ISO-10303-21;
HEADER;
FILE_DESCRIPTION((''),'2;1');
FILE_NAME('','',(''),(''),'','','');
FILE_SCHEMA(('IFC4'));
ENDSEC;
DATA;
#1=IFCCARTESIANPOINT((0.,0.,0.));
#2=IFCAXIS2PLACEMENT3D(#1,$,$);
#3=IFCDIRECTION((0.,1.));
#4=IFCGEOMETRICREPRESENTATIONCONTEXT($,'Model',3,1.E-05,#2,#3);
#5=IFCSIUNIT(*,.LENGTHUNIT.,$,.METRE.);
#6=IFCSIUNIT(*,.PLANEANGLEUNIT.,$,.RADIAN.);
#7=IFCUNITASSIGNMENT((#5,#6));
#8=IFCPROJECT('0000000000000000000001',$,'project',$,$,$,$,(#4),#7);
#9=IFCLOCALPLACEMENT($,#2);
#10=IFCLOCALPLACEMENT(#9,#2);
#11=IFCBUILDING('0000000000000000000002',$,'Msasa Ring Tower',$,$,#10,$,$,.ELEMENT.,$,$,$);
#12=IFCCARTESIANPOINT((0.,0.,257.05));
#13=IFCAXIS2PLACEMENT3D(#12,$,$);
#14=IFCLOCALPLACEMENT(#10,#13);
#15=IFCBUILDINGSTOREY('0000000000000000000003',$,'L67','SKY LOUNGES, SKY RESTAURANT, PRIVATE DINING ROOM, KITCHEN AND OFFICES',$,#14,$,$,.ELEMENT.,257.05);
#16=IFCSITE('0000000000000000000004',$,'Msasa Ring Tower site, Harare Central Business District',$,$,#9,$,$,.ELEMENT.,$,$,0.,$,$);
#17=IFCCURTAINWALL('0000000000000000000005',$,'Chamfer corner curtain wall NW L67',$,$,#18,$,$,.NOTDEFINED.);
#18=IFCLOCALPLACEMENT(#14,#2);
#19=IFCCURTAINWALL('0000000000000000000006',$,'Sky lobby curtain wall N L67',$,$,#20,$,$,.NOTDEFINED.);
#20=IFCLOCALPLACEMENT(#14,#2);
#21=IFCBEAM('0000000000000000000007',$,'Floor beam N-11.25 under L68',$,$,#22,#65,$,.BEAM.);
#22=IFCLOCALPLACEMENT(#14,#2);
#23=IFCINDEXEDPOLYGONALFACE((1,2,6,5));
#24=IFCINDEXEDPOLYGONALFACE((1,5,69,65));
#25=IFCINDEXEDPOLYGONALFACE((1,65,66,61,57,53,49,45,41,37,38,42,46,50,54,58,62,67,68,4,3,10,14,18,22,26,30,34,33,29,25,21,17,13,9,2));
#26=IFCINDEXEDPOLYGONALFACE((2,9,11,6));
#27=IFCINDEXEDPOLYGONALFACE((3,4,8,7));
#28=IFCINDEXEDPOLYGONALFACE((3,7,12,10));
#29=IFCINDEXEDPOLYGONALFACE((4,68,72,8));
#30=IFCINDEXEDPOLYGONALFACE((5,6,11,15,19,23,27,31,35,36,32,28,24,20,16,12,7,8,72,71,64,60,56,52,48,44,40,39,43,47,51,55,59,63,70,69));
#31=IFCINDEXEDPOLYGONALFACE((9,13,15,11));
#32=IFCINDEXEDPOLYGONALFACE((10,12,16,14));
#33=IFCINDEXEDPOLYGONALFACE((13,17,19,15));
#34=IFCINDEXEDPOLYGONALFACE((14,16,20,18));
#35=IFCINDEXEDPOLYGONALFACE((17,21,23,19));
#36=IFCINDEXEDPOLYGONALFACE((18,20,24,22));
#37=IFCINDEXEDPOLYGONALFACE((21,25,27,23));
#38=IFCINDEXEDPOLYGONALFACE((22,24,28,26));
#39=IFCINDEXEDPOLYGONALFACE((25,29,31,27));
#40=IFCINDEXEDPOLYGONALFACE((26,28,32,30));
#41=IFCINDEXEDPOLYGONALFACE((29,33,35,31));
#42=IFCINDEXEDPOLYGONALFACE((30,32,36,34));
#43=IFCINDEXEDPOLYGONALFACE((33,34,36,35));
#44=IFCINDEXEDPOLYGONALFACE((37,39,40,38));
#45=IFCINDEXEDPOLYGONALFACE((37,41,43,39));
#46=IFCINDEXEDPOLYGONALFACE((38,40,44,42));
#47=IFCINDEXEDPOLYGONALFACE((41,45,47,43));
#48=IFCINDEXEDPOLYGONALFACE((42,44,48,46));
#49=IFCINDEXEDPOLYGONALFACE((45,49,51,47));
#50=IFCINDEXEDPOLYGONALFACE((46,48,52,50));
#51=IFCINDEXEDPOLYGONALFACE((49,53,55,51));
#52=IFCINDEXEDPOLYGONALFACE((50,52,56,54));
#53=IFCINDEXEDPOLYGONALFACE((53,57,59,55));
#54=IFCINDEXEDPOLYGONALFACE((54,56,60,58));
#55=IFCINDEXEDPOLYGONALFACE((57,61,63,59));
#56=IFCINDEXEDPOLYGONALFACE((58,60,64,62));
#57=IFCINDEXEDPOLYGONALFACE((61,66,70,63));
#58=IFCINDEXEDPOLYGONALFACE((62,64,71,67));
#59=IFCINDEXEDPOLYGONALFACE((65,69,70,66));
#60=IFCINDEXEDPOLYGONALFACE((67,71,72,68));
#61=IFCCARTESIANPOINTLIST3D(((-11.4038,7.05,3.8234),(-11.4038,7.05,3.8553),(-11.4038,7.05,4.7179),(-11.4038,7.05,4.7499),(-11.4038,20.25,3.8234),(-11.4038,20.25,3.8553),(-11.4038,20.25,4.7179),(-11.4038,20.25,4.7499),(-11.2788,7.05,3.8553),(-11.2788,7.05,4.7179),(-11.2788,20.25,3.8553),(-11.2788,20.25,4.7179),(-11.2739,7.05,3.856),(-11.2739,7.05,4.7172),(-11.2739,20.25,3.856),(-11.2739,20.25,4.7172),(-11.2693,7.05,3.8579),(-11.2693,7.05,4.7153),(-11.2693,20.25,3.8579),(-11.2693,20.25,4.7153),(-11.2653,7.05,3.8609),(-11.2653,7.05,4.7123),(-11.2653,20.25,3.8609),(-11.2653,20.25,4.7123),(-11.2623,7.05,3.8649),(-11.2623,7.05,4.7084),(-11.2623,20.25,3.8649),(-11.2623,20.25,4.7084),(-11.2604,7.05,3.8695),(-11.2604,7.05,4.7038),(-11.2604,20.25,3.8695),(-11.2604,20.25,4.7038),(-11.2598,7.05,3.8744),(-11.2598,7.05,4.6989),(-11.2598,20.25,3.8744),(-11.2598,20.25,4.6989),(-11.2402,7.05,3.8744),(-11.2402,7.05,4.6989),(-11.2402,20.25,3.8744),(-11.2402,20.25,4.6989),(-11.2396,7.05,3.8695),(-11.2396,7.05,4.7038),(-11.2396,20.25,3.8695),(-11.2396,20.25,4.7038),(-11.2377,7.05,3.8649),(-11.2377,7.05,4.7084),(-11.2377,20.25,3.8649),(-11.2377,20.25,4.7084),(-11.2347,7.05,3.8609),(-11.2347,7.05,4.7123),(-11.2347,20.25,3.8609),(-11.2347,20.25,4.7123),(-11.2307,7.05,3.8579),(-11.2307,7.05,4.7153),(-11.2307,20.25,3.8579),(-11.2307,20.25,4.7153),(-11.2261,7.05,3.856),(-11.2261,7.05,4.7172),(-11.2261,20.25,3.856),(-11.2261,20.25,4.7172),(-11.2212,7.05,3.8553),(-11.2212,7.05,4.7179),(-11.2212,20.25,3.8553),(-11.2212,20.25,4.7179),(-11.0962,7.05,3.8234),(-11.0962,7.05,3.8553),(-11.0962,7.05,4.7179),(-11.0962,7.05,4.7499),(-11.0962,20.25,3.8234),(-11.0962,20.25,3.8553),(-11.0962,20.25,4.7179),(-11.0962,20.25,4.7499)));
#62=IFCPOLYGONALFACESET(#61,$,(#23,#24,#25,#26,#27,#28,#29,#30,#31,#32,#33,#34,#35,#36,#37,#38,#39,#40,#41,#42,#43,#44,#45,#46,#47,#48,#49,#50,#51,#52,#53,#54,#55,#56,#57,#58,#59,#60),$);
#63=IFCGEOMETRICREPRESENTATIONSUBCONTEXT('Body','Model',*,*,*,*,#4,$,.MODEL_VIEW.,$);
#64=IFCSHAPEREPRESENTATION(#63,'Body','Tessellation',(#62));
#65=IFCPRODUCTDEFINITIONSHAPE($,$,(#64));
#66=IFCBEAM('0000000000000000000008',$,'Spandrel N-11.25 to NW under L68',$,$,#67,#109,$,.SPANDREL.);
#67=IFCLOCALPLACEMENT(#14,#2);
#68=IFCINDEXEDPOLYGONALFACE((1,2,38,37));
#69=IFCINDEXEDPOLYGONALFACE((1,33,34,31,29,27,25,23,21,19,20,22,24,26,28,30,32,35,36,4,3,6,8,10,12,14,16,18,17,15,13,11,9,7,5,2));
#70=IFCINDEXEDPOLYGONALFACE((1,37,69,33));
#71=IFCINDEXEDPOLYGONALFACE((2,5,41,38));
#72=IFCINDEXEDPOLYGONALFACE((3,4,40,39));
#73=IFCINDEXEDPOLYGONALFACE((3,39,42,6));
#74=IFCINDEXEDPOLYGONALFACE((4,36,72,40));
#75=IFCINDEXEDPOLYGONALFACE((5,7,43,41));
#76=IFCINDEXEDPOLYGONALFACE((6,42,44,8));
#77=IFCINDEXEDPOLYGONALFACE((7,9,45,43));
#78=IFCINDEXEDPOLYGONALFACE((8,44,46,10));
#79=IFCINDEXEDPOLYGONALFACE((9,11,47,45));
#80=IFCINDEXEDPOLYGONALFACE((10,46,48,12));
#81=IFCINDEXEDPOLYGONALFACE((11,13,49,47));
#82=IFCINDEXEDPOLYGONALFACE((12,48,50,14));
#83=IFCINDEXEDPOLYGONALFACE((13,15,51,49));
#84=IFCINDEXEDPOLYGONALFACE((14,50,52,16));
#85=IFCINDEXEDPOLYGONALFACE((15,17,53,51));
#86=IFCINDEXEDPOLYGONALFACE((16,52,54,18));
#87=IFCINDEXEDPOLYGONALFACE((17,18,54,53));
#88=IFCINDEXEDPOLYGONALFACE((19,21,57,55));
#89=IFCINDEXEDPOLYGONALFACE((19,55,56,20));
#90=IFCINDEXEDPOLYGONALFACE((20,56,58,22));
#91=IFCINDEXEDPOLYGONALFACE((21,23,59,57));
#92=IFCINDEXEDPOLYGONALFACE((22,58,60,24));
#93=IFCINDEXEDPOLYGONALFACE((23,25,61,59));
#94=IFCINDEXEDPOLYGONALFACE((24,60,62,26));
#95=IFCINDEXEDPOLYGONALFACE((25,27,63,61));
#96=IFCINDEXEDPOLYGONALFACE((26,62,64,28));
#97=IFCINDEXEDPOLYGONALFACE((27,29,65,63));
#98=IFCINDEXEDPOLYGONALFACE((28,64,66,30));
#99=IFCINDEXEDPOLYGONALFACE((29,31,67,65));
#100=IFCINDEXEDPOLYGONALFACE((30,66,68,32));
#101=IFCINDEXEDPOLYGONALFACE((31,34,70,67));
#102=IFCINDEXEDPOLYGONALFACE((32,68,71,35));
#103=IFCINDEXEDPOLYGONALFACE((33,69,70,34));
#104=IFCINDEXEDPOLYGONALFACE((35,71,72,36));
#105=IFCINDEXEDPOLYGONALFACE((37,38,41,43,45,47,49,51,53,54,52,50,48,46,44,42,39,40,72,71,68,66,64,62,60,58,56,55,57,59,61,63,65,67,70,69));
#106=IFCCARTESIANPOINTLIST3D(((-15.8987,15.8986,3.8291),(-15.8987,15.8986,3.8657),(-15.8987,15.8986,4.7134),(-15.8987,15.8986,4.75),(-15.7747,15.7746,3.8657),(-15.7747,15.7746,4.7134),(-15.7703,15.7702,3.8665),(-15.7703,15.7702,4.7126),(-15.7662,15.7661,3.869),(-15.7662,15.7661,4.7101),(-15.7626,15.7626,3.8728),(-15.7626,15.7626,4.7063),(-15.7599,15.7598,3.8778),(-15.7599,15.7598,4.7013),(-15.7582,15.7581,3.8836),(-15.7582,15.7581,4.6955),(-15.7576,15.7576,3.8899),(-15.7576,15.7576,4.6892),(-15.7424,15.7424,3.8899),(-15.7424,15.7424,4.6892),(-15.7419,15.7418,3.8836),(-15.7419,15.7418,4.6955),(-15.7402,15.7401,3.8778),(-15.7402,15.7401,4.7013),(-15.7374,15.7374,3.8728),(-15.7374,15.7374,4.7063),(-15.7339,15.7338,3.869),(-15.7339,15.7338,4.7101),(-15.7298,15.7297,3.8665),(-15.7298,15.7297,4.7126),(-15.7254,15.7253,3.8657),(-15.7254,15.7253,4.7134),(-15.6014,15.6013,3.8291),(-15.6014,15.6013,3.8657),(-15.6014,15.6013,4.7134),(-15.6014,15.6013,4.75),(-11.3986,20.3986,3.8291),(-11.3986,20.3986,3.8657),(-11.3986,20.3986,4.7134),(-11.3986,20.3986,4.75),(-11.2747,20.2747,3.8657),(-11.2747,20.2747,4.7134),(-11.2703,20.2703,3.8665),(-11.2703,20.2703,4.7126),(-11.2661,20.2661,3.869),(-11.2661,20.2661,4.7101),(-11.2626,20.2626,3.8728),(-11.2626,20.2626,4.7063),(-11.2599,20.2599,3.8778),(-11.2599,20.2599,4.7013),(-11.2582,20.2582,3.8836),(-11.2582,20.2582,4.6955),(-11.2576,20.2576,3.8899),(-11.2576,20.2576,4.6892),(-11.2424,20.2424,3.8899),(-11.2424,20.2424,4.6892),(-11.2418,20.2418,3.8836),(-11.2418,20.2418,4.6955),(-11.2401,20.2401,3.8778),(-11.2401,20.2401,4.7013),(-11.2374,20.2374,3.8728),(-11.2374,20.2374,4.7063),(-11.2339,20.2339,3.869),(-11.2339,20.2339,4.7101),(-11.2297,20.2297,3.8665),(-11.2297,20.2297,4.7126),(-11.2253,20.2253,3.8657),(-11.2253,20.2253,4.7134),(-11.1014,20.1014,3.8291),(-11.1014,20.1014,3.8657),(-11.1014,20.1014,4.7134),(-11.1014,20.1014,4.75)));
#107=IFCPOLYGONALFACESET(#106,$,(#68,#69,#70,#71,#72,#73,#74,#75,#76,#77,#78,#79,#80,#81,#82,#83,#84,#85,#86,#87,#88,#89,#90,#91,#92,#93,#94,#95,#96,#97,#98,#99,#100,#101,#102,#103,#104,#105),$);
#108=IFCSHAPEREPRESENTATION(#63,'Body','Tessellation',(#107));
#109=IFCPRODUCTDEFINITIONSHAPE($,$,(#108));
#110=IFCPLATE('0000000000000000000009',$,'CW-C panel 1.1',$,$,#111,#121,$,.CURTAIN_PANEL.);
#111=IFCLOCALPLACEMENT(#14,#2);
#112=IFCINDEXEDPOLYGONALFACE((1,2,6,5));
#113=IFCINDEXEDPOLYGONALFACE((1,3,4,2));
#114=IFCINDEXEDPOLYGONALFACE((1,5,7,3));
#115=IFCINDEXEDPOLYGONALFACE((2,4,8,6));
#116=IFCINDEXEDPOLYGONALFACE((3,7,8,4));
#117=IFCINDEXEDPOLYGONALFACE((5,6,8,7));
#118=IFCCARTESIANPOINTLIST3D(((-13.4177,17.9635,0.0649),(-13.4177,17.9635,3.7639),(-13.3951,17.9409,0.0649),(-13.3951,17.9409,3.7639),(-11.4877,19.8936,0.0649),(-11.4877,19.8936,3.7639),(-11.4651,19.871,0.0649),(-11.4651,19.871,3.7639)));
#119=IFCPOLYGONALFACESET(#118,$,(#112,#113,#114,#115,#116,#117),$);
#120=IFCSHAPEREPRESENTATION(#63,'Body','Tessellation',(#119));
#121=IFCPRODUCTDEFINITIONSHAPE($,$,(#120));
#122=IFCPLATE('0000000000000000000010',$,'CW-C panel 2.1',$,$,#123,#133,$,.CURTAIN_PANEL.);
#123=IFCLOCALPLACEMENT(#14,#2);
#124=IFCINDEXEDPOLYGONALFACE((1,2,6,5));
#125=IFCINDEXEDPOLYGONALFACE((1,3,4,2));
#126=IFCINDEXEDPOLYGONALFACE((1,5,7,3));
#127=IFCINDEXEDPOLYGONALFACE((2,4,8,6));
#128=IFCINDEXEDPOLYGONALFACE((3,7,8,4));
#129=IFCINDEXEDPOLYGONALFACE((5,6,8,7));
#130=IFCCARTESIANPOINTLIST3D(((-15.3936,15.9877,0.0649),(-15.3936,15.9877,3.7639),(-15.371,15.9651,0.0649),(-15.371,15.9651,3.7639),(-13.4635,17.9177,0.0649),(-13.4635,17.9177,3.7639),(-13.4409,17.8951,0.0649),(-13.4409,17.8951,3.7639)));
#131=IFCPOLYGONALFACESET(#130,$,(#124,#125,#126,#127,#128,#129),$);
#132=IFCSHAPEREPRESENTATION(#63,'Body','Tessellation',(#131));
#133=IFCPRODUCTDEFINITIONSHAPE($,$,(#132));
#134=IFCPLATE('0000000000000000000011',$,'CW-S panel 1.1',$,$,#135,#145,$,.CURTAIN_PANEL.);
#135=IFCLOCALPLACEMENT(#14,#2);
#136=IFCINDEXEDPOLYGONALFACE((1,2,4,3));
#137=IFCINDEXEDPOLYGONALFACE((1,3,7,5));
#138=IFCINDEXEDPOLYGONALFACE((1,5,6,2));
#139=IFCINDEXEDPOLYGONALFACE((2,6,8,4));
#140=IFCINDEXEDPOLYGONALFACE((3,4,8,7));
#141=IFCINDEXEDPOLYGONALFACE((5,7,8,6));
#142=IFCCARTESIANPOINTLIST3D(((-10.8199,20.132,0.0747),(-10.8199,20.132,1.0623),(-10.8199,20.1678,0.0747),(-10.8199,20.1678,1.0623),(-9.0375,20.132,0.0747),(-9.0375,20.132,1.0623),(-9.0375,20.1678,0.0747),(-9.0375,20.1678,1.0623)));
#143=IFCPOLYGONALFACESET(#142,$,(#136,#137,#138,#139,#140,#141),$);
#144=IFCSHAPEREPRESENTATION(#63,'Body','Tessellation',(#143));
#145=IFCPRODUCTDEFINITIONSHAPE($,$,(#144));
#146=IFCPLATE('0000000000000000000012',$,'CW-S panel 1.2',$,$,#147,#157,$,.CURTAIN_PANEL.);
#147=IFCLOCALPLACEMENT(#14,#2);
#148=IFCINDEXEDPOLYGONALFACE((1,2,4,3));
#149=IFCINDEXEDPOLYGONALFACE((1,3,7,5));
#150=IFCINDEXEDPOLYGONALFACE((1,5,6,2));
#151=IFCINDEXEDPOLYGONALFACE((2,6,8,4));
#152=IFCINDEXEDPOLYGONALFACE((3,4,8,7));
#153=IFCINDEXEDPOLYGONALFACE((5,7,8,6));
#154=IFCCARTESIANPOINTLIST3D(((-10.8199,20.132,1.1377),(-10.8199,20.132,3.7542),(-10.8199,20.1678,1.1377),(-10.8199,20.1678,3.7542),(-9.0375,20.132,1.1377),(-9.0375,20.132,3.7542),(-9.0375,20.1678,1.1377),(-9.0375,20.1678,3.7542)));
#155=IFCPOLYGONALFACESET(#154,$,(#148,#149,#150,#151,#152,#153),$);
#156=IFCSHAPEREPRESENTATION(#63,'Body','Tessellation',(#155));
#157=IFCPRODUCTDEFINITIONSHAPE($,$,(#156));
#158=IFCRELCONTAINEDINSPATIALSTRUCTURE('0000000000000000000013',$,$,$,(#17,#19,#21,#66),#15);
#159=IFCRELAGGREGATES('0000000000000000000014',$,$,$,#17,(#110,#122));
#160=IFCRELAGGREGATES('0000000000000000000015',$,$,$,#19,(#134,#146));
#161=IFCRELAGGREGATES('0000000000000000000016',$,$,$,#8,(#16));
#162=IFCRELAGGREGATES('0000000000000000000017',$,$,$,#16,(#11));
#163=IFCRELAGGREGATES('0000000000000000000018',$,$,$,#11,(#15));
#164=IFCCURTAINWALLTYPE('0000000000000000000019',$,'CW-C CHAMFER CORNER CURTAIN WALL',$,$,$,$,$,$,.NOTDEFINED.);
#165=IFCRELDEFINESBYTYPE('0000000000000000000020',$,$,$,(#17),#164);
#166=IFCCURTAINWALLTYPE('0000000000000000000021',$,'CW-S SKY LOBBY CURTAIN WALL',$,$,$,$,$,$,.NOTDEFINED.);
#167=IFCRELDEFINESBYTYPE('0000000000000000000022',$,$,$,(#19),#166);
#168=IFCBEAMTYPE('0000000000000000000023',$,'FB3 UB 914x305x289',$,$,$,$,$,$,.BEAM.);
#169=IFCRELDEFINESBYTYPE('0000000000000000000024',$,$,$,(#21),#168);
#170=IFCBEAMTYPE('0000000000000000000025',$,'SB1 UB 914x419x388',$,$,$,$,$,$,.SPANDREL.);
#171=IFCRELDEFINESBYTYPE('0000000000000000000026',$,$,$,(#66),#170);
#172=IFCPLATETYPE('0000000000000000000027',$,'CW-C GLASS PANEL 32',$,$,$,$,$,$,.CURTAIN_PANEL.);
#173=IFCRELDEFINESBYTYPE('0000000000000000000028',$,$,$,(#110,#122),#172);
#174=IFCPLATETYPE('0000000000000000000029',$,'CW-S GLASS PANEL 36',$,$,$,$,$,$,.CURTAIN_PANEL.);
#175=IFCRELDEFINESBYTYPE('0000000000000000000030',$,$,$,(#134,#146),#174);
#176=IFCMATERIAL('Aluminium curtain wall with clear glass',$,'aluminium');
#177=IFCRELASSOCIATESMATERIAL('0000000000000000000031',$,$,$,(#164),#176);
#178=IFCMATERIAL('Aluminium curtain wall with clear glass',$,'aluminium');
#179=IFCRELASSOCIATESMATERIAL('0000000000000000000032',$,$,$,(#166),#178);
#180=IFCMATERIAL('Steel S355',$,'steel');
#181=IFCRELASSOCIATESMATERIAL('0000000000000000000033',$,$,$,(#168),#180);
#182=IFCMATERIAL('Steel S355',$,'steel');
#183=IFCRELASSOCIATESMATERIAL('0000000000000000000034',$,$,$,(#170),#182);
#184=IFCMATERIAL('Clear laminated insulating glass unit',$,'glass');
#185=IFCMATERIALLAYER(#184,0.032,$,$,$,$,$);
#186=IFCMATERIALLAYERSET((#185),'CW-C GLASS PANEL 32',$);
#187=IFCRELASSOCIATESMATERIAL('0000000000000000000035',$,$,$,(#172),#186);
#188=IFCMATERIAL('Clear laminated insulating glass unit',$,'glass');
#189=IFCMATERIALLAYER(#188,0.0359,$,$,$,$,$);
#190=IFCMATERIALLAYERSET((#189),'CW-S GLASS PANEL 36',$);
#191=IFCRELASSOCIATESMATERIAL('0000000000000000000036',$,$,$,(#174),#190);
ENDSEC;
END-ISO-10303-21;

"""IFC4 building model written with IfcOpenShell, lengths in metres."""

from ifc_helpers import new_model, si_unit, direction, frame, origin, origin_2d, place, context, subcontext, project, spatial, rectangle, i_section, extrude, material, layer, layer_set, material_profile, profile_set, type_object, element, aggregate, save


model = new_model("IFC4")

# Units and contexts
model_context = context("Model", 3, precision=1e-05, world=origin(), true_north=direction((0.0, 1.0)))
body_context = subcontext(model_context, "Body", "Model", "MODEL_VIEW")
ifc_project = project(units=[si_unit("LENGTHUNIT", "METRE"), si_unit("PLANEANGLEUNIT", "RADIAN")], contexts=[model_context])

# Site, building, storey
site_placement = place(None, origin())
site = spatial("IfcSite", under=ifc_project, at=site_placement, Name="Msasa Ring Tower site, Harare Central Business District", CompositionType="ELEMENT", RefElevation=0.0)
building_placement = place(site_placement, origin())
building = spatial("IfcBuilding", under=site, at=building_placement, Name="Msasa Ring Tower", CompositionType="ELEMENT")
storey_placement = place(building_placement, frame((0.0, 0.0, 257.05)))
storey = spatial("IfcBuildingStorey", under=building, at=storey_placement, Name="L67", Description="SKY LOUNGES, SKY RESTAURANT, PRIVATE DINING ROOM, KITCHEN AND OFFICES", CompositionType="ELEMENT", Elevation=257.05)

# Curtain walls
ifc_material_1 = material(Name="Aluminium curtain wall with clear glass", Category="aluminium")
curtain_wall_type_1 = type_object("IfcCurtainWallType", Name="CW-C CHAMFER CORNER CURTAIN WALL", PredefinedType="NOTDEFINED", material=ifc_material_1)
curtain_wall_1_placement = place(storey_placement, origin())
curtain_wall_1 = element("IfcCurtainWall", 1, at=curtain_wall_1_placement, inside=storey, type_object=curtain_wall_type_1, Name="Chamfer corner curtain wall NW L67", PredefinedType="NOTDEFINED")
ifc_material_2 = material(Name="Aluminium curtain wall with clear glass", Category="aluminium")
curtain_wall_type_2 = type_object("IfcCurtainWallType", Name="CW-S SKY LOBBY CURTAIN WALL", PredefinedType="NOTDEFINED", material=ifc_material_2)
curtain_wall_2_placement = place(storey_placement, origin())
curtain_wall_2 = element("IfcCurtainWall", 2, at=curtain_wall_2_placement, inside=storey, type_object=curtain_wall_type_2, Name="Sky lobby curtain wall N L67", PredefinedType="NOTDEFINED")

# Beams
ifc_material_3 = material(Name="Steel S355", Category="steel")
ifc_material_profile_1 = material_profile(ifc_material_3, i_section(OverallWidth=0.3076, OverallDepth=0.9265, WebThickness=0.0195, FlangeThickness=0.032, FilletRadius=0.019, at=origin_2d()), Name="UB 914x305x289")
ifc_profile_set_1 = profile_set([ifc_material_profile_1], Name="Steel S355")
beam_type_1 = type_object("IfcBeamType", Name="FB3 UB 914x305x289", PredefinedType="BEAM", material=ifc_profile_set_1)
beam_1_placement = place(storey_placement, frame((-11.25, 20.25, 4.2866), z_axis=(0.0, -1.0, 0.0), x_axis=(1.0, 0.0, 0.0)))
element("IfcBeam", 3, at=beam_1_placement, inside=storey, type_object=beam_type_1, Name="Floor beam N-11.25 under L68", PredefinedType="BEAM", context=body_context, shape_type="SweptSolid", body=[
    extrude(i_section(OverallWidth=0.3076, OverallDepth=0.9265, WebThickness=0.0195, FlangeThickness=0.032, FilletRadius=0.019, at=origin_2d()), origin(), (0.0, 0.0, 1.0), 13.2),
])
ifc_material_4 = material(Name="Steel S355", Category="steel")
ifc_material_profile_2 = material_profile(ifc_material_4, i_section(OverallWidth=0.4204, OverallDepth=0.9209, WebThickness=0.0215, FlangeThickness=0.0366, FilletRadius=0.0242, at=origin_2d()), Name="UB 914x419x388")
ifc_profile_set_2 = profile_set([ifc_material_profile_2], Name="Steel S355")
beam_type_2 = type_object("IfcBeamType", Name="SB1 UB 914x419x388", PredefinedType="SPANDREL", material=ifc_profile_set_2)
beam_2_placement = place(storey_placement, frame((-11.25, 20.25, 4.2896), z_axis=(-0.707107, -0.707107, 0.0), x_axis=(0.707107, -0.707107, 0.0)))
element("IfcBeam", 4, at=beam_2_placement, inside=storey, type_object=beam_type_2, Name="Spandrel N-11.25 to NW under L68", PredefinedType="SPANDREL", context=body_context, shape_type="SweptSolid", body=[
    extrude(i_section(OverallWidth=0.4204, OverallDepth=0.9209, WebThickness=0.0215, FlangeThickness=0.0366, FilletRadius=0.0242, at=origin_2d()), origin(), (0.0, 0.0, 1.0), 6.364),
])

# Plates
ifc_material_5 = material(Name="Clear laminated insulating glass unit", Category="glass")
ifc_layer_1 = layer(ifc_material_5, 0.032)
ifc_layer_set_1 = layer_set([ifc_layer_1], Name="CW-C GLASS PANEL 32")
plate_type_1 = type_object("IfcPlateType", Name="CW-C GLASS PANEL 32", PredefinedType="CURTAIN_PANEL", material=ifc_layer_set_1)
plate_1_placement = place(storey_placement, frame((-12.4414, 18.9172, 0.0649), z_axis=(0.0, 0.0, 1.0), x_axis=(-0.707107, -0.707107, 0.0)))
plate_1 = element("IfcPlate", 5, at=plate_1_placement, type_object=plate_type_1, Name="CW-C panel 1.1", PredefinedType="CURTAIN_PANEL", context=body_context, shape_type="SweptSolid", body=[
    extrude(rectangle(XDim=2.7295, YDim=0.032, at=origin_2d()), origin(), (0.0, 0.0, 1.0), 3.699),
])
plate_2_placement = place(storey_placement, frame((-14.4172, 16.9414, 0.0649), z_axis=(0.0, 0.0, 1.0), x_axis=(-0.707107, -0.707107, 0.0)))
plate_2 = element("IfcPlate", 6, at=plate_2_placement, type_object=plate_type_1, Name="CW-C panel 2.1", PredefinedType="CURTAIN_PANEL", context=body_context, shape_type="SweptSolid", body=[
    extrude(rectangle(XDim=2.7295, YDim=0.032, at=origin_2d()), origin(), (0.0, 0.0, 1.0), 3.699),
])
aggregate(curtain_wall_1, [plate_1, plate_2])
ifc_material_6 = material(Name="Clear laminated insulating glass unit", Category="glass")
ifc_layer_2 = layer(ifc_material_6, 0.0359)
ifc_layer_set_2 = layer_set([ifc_layer_2], Name="CW-S GLASS PANEL 36")
plate_type_2 = type_object("IfcPlateType", Name="CW-S GLASS PANEL 36", PredefinedType="CURTAIN_PANEL", material=ifc_layer_set_2)
plate_3_placement = place(storey_placement, frame((-9.9287, 20.1499, 0.0747), z_axis=(0.0, 0.0, 1.0), x_axis=(1.0, 0.0, 0.0)))
plate_3 = element("IfcPlate", 7, at=plate_3_placement, type_object=plate_type_2, Name="CW-S panel 1.1", PredefinedType="CURTAIN_PANEL", context=body_context, shape_type="SweptSolid", body=[
    extrude(rectangle(XDim=1.7825, YDim=0.0359, at=origin_2d()), origin(), (0.0, 0.0, 1.0), 0.9875),
])
plate_4_placement = place(storey_placement, frame((-9.9287, 20.1499, 1.1377), z_axis=(0.0, 0.0, 1.0), x_axis=(1.0, 0.0, 0.0)))
plate_4 = element("IfcPlate", 8, at=plate_4_placement, type_object=plate_type_2, Name="CW-S panel 1.2", PredefinedType="CURTAIN_PANEL", context=body_context, shape_type="SweptSolid", body=[
    extrude(rectangle(XDim=1.7825, YDim=0.0359, at=origin_2d()), origin(), (0.0, 0.0, 1.0), 2.6165),
])
aggregate(curtain_wall_2, [plate_3, plate_4])

save(model, "model.ifc")
